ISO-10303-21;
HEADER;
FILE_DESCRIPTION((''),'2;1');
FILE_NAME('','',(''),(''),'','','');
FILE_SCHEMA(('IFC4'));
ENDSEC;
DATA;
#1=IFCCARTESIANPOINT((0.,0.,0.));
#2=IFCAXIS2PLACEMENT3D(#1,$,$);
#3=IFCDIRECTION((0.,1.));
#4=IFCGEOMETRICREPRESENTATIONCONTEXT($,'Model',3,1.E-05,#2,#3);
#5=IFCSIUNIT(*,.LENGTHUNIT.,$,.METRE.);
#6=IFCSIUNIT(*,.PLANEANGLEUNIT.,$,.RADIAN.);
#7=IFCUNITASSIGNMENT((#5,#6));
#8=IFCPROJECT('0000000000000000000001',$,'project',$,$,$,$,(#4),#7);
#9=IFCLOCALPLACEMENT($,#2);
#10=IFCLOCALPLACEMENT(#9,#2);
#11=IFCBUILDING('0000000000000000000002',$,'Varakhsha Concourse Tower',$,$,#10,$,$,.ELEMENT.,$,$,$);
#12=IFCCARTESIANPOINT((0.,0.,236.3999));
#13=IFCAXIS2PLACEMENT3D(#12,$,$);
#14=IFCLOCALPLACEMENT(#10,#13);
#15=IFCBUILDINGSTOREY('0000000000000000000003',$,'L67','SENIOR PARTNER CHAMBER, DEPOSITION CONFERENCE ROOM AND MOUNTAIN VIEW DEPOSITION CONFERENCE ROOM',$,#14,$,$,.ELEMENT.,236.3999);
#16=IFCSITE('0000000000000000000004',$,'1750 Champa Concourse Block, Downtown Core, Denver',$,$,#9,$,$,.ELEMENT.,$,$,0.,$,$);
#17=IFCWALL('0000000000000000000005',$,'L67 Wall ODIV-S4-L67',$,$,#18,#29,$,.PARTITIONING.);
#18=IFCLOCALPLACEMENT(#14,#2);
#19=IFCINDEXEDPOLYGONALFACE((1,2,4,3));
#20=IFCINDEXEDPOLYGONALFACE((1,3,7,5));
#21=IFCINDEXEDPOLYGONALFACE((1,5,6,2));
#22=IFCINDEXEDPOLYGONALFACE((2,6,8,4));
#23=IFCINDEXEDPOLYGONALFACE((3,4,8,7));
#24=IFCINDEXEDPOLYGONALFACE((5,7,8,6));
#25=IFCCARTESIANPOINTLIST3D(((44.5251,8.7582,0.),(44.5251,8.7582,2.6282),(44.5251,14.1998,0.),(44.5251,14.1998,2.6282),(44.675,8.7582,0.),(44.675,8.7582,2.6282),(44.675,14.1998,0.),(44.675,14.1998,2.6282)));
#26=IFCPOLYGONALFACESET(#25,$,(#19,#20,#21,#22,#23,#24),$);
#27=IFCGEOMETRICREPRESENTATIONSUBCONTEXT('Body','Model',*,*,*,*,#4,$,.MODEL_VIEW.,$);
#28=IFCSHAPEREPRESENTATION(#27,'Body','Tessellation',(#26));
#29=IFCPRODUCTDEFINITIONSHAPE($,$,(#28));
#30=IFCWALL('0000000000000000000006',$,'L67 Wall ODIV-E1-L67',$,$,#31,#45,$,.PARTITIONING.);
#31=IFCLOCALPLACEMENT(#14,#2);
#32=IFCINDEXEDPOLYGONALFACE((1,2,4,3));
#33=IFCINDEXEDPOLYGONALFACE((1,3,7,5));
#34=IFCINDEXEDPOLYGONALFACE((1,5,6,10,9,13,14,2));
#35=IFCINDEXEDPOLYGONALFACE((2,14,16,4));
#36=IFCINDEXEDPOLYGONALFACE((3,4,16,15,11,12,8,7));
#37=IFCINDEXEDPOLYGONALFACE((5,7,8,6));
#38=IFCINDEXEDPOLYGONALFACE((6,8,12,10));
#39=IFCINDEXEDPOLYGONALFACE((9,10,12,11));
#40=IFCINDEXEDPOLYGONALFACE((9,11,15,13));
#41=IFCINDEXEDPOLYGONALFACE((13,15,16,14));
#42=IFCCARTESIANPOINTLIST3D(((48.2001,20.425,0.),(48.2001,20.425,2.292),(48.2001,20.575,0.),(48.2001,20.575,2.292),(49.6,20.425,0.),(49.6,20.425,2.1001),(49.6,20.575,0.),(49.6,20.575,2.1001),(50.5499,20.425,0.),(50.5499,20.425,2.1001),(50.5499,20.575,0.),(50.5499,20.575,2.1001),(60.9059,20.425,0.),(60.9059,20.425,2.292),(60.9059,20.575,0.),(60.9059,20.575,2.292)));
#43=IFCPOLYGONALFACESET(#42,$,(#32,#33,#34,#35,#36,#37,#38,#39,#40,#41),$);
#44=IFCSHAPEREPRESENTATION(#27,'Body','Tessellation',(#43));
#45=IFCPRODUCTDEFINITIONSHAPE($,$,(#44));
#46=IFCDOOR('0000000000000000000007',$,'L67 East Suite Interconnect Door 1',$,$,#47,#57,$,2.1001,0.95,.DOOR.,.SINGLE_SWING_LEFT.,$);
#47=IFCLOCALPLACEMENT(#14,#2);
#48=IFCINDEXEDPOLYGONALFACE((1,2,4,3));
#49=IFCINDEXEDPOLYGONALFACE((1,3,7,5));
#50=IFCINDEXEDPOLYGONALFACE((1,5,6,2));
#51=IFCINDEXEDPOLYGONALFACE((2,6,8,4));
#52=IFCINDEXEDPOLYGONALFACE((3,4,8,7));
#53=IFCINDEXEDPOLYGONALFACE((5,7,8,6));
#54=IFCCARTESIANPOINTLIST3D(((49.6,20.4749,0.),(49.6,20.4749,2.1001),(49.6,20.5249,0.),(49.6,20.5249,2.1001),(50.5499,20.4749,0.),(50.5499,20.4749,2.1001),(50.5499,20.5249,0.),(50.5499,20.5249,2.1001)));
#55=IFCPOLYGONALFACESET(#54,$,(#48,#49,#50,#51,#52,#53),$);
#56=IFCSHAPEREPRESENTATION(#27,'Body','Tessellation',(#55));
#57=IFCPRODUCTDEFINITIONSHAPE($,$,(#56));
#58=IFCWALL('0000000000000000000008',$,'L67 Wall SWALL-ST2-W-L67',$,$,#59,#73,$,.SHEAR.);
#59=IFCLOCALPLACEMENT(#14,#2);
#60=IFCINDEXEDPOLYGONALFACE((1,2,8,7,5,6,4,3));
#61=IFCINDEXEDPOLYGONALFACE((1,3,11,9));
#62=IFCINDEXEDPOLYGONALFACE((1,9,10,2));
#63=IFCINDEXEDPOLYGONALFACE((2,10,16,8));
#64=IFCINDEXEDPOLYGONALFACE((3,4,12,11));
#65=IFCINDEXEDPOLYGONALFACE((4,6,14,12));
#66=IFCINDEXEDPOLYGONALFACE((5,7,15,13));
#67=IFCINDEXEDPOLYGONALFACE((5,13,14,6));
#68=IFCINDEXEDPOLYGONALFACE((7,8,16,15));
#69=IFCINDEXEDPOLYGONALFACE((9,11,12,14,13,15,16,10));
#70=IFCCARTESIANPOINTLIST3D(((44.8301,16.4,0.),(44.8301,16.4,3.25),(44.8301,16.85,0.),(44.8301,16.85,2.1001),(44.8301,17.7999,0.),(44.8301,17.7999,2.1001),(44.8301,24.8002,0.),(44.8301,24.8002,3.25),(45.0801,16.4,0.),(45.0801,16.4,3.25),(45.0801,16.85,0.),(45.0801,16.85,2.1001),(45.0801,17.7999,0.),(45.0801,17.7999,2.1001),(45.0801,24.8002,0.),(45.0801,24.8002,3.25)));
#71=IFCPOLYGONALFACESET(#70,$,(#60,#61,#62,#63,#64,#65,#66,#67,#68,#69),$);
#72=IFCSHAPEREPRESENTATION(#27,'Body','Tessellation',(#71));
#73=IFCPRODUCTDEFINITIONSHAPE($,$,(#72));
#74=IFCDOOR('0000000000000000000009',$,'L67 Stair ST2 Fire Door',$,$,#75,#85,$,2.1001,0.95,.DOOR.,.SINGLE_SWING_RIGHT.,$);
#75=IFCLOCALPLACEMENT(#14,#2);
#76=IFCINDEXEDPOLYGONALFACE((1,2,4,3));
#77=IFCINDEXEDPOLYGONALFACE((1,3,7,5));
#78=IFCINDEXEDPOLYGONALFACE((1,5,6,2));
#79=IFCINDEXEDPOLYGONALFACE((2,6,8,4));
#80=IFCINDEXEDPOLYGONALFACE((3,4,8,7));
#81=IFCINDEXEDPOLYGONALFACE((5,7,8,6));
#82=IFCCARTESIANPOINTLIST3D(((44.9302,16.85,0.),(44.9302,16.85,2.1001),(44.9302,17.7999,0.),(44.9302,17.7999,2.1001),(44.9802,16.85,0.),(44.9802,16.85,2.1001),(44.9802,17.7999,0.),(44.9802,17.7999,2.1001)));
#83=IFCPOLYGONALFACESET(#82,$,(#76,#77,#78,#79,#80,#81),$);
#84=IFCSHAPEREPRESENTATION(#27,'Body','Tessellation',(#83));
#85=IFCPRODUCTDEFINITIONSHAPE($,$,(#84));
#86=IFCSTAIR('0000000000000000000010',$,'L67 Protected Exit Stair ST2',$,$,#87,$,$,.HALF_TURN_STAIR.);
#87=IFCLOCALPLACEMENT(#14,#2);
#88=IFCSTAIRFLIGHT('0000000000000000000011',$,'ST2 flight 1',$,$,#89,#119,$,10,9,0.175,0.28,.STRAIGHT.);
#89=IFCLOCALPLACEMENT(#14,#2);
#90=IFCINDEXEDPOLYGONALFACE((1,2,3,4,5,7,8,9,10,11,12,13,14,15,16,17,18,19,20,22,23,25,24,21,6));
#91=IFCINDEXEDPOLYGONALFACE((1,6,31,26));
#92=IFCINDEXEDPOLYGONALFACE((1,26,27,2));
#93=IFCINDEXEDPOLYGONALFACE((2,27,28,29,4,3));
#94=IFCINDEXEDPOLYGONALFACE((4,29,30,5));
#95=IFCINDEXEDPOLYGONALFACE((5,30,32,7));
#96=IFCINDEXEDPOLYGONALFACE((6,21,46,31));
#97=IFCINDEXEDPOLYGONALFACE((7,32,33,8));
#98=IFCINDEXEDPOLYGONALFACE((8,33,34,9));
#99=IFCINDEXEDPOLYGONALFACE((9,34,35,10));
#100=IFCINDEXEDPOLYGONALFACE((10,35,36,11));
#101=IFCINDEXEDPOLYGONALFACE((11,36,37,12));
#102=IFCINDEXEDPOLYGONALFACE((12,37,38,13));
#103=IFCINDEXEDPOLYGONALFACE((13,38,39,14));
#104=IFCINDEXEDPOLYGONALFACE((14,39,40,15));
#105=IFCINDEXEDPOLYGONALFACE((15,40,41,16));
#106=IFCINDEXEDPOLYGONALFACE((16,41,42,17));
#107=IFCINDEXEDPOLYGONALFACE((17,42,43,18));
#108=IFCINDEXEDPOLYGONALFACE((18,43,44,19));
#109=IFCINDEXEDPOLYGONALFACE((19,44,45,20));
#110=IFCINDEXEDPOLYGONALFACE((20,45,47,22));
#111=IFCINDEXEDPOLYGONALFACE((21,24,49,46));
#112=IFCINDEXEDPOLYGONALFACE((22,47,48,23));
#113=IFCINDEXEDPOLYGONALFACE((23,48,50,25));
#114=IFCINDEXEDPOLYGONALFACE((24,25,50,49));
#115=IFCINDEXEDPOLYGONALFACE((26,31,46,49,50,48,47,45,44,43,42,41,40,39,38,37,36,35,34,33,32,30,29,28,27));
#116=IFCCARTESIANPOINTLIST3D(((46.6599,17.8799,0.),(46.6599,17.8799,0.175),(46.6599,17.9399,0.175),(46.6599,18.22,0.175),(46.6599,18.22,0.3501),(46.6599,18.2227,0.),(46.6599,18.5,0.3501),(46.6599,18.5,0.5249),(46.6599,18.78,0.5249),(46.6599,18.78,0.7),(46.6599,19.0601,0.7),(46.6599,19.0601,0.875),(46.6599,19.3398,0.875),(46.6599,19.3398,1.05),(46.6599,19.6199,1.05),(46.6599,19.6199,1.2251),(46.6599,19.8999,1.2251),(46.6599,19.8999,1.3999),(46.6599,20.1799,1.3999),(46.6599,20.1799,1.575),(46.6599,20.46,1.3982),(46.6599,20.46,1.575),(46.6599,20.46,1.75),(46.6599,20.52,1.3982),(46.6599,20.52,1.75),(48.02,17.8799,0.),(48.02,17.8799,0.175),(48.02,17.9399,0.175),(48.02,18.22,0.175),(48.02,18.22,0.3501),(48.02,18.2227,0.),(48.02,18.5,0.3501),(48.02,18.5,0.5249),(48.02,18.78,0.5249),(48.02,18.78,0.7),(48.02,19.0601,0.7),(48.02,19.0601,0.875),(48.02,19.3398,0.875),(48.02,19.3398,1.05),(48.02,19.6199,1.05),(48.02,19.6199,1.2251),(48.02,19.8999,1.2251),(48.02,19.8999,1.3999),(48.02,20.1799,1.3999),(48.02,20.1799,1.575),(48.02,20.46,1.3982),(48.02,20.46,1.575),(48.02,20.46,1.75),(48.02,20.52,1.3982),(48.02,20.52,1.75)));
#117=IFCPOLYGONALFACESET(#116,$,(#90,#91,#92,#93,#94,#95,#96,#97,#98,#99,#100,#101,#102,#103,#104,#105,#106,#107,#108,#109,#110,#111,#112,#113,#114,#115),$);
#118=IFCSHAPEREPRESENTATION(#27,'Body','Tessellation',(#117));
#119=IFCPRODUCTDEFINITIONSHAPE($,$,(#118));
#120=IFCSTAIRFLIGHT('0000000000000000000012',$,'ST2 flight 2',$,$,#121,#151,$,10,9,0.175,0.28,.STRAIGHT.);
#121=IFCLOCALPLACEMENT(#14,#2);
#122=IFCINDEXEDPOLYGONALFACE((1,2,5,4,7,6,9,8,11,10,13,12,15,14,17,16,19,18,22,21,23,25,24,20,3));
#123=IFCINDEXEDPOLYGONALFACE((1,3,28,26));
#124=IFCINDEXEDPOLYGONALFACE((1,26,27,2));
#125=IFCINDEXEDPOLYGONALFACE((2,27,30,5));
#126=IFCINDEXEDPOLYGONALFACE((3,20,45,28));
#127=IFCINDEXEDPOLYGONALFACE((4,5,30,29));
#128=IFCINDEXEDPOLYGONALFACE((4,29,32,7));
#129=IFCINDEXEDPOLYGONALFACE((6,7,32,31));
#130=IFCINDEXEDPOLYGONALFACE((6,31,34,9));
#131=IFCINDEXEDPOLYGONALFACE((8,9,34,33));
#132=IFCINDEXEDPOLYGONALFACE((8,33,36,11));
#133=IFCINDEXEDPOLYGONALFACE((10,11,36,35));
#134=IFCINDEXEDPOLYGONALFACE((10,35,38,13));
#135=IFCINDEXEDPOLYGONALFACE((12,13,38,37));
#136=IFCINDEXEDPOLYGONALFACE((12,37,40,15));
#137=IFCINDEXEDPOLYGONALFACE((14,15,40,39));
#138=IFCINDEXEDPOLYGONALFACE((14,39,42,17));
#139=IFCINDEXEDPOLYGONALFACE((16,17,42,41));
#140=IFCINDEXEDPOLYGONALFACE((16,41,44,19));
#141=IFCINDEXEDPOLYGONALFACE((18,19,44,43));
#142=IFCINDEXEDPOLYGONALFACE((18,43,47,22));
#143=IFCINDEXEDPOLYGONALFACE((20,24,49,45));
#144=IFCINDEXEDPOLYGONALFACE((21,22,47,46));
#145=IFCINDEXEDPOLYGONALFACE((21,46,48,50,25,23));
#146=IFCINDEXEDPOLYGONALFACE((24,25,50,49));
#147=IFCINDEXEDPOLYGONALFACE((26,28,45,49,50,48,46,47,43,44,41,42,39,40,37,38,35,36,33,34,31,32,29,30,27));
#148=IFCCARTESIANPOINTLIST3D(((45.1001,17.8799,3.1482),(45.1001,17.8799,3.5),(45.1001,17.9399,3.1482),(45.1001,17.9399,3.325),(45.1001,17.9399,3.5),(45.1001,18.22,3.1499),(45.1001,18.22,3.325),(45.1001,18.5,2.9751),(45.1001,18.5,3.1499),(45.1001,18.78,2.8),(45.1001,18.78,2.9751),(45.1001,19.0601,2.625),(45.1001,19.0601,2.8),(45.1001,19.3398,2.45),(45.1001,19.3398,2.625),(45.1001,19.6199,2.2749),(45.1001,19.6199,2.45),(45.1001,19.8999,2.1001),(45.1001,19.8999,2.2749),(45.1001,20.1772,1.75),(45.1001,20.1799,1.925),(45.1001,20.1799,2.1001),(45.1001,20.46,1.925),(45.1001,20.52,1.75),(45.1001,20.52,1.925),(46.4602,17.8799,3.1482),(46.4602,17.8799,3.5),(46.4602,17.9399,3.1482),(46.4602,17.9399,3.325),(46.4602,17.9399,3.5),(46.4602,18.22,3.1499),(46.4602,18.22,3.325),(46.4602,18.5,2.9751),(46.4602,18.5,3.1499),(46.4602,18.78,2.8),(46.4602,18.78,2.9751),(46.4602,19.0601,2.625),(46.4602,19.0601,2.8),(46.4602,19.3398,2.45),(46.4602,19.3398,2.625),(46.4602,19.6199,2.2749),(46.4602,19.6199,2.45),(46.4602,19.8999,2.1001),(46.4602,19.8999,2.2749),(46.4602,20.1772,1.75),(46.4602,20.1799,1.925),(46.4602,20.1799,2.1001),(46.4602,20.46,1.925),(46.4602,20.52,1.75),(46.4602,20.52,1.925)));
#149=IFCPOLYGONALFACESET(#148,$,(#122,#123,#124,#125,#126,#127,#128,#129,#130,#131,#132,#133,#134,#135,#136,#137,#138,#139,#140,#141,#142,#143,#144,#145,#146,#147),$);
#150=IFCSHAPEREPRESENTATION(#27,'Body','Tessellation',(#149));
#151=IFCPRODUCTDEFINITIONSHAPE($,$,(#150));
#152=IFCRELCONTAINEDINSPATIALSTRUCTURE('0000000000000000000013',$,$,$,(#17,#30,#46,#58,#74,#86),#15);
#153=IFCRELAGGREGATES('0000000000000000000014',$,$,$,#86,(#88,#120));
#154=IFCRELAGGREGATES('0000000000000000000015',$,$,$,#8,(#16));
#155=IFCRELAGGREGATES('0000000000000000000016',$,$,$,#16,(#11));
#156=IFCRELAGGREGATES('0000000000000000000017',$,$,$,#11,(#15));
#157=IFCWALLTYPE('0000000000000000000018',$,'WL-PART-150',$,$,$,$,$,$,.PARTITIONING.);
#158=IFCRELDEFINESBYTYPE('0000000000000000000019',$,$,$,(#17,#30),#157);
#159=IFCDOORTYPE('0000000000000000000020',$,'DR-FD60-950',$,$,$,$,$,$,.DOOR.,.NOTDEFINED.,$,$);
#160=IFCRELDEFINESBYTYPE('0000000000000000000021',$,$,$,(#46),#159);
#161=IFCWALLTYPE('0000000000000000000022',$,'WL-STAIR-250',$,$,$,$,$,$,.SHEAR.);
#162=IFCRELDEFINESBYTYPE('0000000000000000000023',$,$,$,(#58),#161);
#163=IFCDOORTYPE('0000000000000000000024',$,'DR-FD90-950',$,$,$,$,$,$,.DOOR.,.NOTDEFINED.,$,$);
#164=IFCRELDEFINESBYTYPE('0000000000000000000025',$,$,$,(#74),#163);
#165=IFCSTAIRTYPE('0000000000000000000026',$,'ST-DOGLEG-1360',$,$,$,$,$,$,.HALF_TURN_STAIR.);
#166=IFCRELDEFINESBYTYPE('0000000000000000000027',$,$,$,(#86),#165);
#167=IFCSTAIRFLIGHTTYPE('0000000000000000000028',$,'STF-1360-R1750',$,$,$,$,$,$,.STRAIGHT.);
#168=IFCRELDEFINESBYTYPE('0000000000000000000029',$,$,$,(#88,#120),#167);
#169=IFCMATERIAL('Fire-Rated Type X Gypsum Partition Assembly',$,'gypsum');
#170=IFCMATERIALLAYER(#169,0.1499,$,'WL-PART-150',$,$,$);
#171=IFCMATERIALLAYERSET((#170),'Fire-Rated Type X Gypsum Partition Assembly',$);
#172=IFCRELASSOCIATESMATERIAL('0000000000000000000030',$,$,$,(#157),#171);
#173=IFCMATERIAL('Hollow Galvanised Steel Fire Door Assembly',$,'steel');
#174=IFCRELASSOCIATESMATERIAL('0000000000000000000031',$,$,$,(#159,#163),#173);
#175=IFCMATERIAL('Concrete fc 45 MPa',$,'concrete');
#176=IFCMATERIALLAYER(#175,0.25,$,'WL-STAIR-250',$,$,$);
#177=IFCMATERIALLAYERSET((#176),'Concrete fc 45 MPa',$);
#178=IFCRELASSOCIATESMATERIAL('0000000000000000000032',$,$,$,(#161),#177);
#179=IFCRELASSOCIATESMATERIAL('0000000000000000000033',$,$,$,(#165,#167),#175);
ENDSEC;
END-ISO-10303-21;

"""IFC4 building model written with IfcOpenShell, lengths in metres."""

from ifc_helpers import new_model, si_unit, direction, frame, frame_2d, origin, place, context, subcontext, project, spatial, polyline, rectangle, outline, extrude, material, layer, layer_set, type_object, element, fill, aggregate, save


model = new_model("IFC4")

# Units and contexts
model_context = context("Model", 3, precision=1e-05, world=origin(), true_north=direction((0.0, 1.0)))
body_context = subcontext(model_context, "Body", "Model", "MODEL_VIEW")
ifc_project = project(units=[si_unit("LENGTHUNIT", "METRE"), si_unit("PLANEANGLEUNIT", "RADIAN")], contexts=[model_context])

# Site, building, storey
site_placement = place(None, origin())
site = spatial("IfcSite", under=ifc_project, at=site_placement, Name="1750 Champa Concourse Block, Downtown Core, Denver", CompositionType="ELEMENT", RefElevation=0.0)
building_placement = place(site_placement, origin())
building = spatial("IfcBuilding", under=site, at=building_placement, Name="Varakhsha Concourse Tower", CompositionType="ELEMENT")
storey_placement = place(building_placement, frame((0.0, 0.0, 236.3999)))
storey = spatial("IfcBuildingStorey", under=building, at=storey_placement, Name="L67", Description="SENIOR PARTNER CHAMBER, DEPOSITION CONFERENCE ROOM AND MOUNTAIN VIEW DEPOSITION CONFERENCE ROOM", CompositionType="ELEMENT", Elevation=236.3999)

# Wall
ifc_material_1 = material(Name="Fire-Rated Type X Gypsum Partition Assembly", Category="gypsum")
ifc_layer_1 = layer(ifc_material_1, 0.1499, Name="WL-PART-150")
ifc_layer_set_1 = layer_set([ifc_layer_1], Name="Fire-Rated Type X Gypsum Partition Assembly")
wall_type_1 = type_object("IfcWallType", Name="WL-PART-150", PredefinedType="PARTITIONING", material=ifc_layer_set_1)
wall_1_placement = place(storey_placement, frame((44.6001, 8.7583, 0.0), z_axis=(0.0, 0.0, 1.0), x_axis=(0.0, 1.0, 0.0)))
element("IfcWall", 1, at=wall_1_placement, inside=storey, type_object=wall_type_1, Name="L67 Wall ODIV-S4-L67", PredefinedType="PARTITIONING", context=body_context, shape_type="SweptSolid", body=[
    extrude(rectangle(XDim=5.4417, YDim=0.1499, at=frame_2d((2.7207, 0.0))), origin(), (0.0, 0.0, 1.0), 2.6282),
])

# Walls, openings, doors
wall_2_placement = place(storey_placement, frame((48.2, 20.5, 0.0), z_axis=(0.0, 0.0, 1.0), x_axis=(1.0, 0.0, 0.0)))
wall_2 = element("IfcWall", 2, at=wall_2_placement, inside=storey, type_object=wall_type_1, Name="L67 Wall ODIV-E1-L67", PredefinedType="PARTITIONING", context=body_context, shape_type="SweptSolid", body=[
    extrude(rectangle(XDim=12.7058, YDim=0.1499, at=frame_2d((6.353, 0.0))), origin(), (0.0, 0.0, 1.0), 2.292),
])
opening_1_placement = place(wall_2_placement, frame((1.3999, 0.0, 0.0)))
opening_1 = element("IfcOpeningElement", 3, at=opening_1_placement, cuts=wall_2, PredefinedType="OPENING", context=body_context, shape_type="SweptSolid", body=[
    extrude(rectangle(XDim=0.95, YDim=2.1001, at=frame_2d((0.4751, 1.05))), frame((0.0, 0.085, 0.0), z_axis=(0.0, -1.0, 0.0), x_axis=(1.0, 0.0, 0.0)), (0.0, 0.0, 1.0), 0.1699),
])
ifc_material_2 = material(Name="Hollow Galvanised Steel Fire Door Assembly", Category="steel")
door_type_1 = type_object("IfcDoorType", Name="DR-FD60-950", OperationType="NOTDEFINED", PredefinedType="DOOR", material=ifc_material_2)
door_1_placement = place(opening_1_placement, origin())
door_1 = element("IfcDoor", 4, at=door_1_placement, inside=storey, type_object=door_type_1, Name="L67 East Suite Interconnect Door 1", OperationType="SINGLE_SWING_LEFT", OverallHeight=2.1001, OverallWidth=0.95, PredefinedType="DOOR", context=body_context, shape_type="SweptSolid", body=[
    extrude(rectangle(XDim=0.95, YDim=2.1001, at=frame_2d((0.4751, 1.05))), frame((0.0, 0.0249, 0.0), z_axis=(0.0, -1.0, 0.0), x_axis=(1.0, 0.0, 0.0)), (0.0, 0.0, 1.0), 0.05),
])
fill(opening_1, door_1)
ifc_material_3 = material(Name="Concrete fc 45 MPa", Category="concrete")
ifc_layer_2 = layer(ifc_material_3, 0.25, Name="WL-STAIR-250")
ifc_layer_set_2 = layer_set([ifc_layer_2], Name="Concrete fc 45 MPa")
wall_type_2 = type_object("IfcWallType", Name="WL-STAIR-250", PredefinedType="SHEAR", material=ifc_layer_set_2)
wall_3_placement = place(storey_placement, frame((44.9551, 16.3999, 0.0), z_axis=(0.0, 0.0, 1.0), x_axis=(0.0, 1.0, 0.0)))
wall_3 = element("IfcWall", 5, at=wall_3_placement, inside=storey, type_object=wall_type_2, Name="L67 Wall SWALL-ST2-W-L67", PredefinedType="SHEAR", context=body_context, shape_type="SweptSolid", body=[
    extrude(rectangle(XDim=8.4001, YDim=0.25, at=frame_2d((4.2002, 0.0))), origin(), (0.0, 0.0, 1.0), 3.25),
])
opening_2_placement = place(wall_3_placement, frame((0.45, 0.0, 0.0)))
opening_2 = element("IfcOpeningElement", 6, at=opening_2_placement, cuts=wall_3, PredefinedType="OPENING", context=body_context, shape_type="SweptSolid", body=[
    extrude(rectangle(XDim=0.95, YDim=2.1001, at=frame_2d((0.4751, 1.05))), frame((0.0, 0.135, 0.0), z_axis=(0.0, -1.0, 0.0), x_axis=(1.0, 0.0, 0.0)), (0.0, 0.0, 1.0), 0.27),
])
door_type_2 = type_object("IfcDoorType", Name="DR-FD90-950", OperationType="NOTDEFINED", PredefinedType="DOOR", material=ifc_material_2)
door_2_placement = place(opening_2_placement, origin())
door_2 = element("IfcDoor", 7, at=door_2_placement, inside=storey, type_object=door_type_2, Name="L67 Stair ST2 Fire Door", OperationType="SINGLE_SWING_RIGHT", OverallHeight=2.1001, OverallWidth=0.95, PredefinedType="DOOR", context=body_context, shape_type="SweptSolid", body=[
    extrude(rectangle(XDim=0.95, YDim=2.1001, at=frame_2d((0.4751, 1.05))), frame((0.0, 0.0249, 0.0), z_axis=(0.0, -1.0, 0.0), x_axis=(1.0, 0.0, 0.0)), (0.0, 0.0, 1.0), 0.05),
])
fill(opening_2, door_2)

# Stair, stair flights
stair_type = type_object("IfcStairType", Name="ST-DOGLEG-1360", PredefinedType="HALF_TURN_STAIR", material=ifc_material_3)
stair_placement = place(storey_placement, origin())
stair = element("IfcStair", 8, at=stair_placement, inside=storey, type_object=stair_type, Name="L67 Protected Exit Stair ST2", PredefinedType="HALF_TURN_STAIR")
stair_flight_type = type_object("IfcStairFlightType", Name="STF-1360-R1750", PredefinedType="STRAIGHT", material=ifc_material_3)
stair_flight_1_placement = place(storey_placement, frame((47.3401, 17.9399, 0.0), z_axis=(0.0, 0.0, 1.0), x_axis=(0.0, 1.0, 0.0)))
stair_flight_1 = element("IfcStairFlight", 9, at=stair_flight_1_placement, type_object=stair_flight_type, Name="ST2 flight 1", NumberOfRisers=10, NumberOfTreads=9, PredefinedType="STRAIGHT", RiserHeight=0.175, TreadLength=0.28, context=body_context, shape_type="SweptSolid", body=[
    extrude(outline(polyline([(-0.0601, 0.0), (-0.0601, 0.175), (0.0, 0.175), (0.28, 0.175), (0.28, 0.3501), (0.5601, 0.3501), (0.5601, 0.5249), (0.8401, 0.5249), (0.8401, 0.7), (1.1201, 0.7), (1.1201, 0.875), (1.3999, 0.875), (1.3999, 1.05), (1.6799, 1.05), (1.6799, 1.2251), (1.96, 1.2251), (1.96, 1.3999), (2.24, 1.3999), (2.24, 1.575), (2.52, 1.575), (2.52, 1.75), (2.5801, 1.75), (2.5801, 1.3982), (2.52, 1.3982), (0.2827, 0.0), (-0.0601, 0.0)])), frame((0.0, 0.6802, 0.0), z_axis=(0.0, -1.0, 0.0), x_axis=(1.0, 0.0, 0.0)), (0.0, 0.0, 1.0), 1.3601),
])
stair_flight_2_placement = place(storey_placement, frame((45.78, 20.46, 1.75), z_axis=(0.0, 0.0, 1.0), x_axis=(0.0, -1.0, 0.0)))
stair_flight_2 = element("IfcStairFlight", 10, at=stair_flight_2_placement, type_object=stair_flight_type, Name="ST2 flight 2", NumberOfRisers=10, NumberOfTreads=9, PredefinedType="STRAIGHT", RiserHeight=0.175, TreadLength=0.28, context=body_context, shape_type="SweptSolid", body=[
    extrude(outline(polyline([(-0.0601, 0.0), (-0.0601, 0.175), (0.0, 0.175), (0.28, 0.175), (0.28, 0.3501), (0.5601, 0.3501), (0.5601, 0.5249), (0.8401, 0.5249), (0.8401, 0.7), (1.1201, 0.7), (1.1201, 0.875), (1.3999, 0.875), (1.3999, 1.05), (1.6799, 1.05), (1.6799, 1.2251), (1.96, 1.2251), (1.96, 1.3999), (2.24, 1.3999), (2.24, 1.575), (2.52, 1.575), (2.52, 1.75), (2.5801, 1.75), (2.5801, 1.3982), (2.52, 1.3982), (0.2827, 0.0), (-0.0601, 0.0)])), frame((0.0, 0.6802, 0.0), z_axis=(0.0, -1.0, 0.0), x_axis=(1.0, 0.0, 0.0)), (0.0, 0.0, 1.0), 1.3601),
])
aggregate(stair, [stair_flight_1, stair_flight_2])

save(model, "model.ifc")
